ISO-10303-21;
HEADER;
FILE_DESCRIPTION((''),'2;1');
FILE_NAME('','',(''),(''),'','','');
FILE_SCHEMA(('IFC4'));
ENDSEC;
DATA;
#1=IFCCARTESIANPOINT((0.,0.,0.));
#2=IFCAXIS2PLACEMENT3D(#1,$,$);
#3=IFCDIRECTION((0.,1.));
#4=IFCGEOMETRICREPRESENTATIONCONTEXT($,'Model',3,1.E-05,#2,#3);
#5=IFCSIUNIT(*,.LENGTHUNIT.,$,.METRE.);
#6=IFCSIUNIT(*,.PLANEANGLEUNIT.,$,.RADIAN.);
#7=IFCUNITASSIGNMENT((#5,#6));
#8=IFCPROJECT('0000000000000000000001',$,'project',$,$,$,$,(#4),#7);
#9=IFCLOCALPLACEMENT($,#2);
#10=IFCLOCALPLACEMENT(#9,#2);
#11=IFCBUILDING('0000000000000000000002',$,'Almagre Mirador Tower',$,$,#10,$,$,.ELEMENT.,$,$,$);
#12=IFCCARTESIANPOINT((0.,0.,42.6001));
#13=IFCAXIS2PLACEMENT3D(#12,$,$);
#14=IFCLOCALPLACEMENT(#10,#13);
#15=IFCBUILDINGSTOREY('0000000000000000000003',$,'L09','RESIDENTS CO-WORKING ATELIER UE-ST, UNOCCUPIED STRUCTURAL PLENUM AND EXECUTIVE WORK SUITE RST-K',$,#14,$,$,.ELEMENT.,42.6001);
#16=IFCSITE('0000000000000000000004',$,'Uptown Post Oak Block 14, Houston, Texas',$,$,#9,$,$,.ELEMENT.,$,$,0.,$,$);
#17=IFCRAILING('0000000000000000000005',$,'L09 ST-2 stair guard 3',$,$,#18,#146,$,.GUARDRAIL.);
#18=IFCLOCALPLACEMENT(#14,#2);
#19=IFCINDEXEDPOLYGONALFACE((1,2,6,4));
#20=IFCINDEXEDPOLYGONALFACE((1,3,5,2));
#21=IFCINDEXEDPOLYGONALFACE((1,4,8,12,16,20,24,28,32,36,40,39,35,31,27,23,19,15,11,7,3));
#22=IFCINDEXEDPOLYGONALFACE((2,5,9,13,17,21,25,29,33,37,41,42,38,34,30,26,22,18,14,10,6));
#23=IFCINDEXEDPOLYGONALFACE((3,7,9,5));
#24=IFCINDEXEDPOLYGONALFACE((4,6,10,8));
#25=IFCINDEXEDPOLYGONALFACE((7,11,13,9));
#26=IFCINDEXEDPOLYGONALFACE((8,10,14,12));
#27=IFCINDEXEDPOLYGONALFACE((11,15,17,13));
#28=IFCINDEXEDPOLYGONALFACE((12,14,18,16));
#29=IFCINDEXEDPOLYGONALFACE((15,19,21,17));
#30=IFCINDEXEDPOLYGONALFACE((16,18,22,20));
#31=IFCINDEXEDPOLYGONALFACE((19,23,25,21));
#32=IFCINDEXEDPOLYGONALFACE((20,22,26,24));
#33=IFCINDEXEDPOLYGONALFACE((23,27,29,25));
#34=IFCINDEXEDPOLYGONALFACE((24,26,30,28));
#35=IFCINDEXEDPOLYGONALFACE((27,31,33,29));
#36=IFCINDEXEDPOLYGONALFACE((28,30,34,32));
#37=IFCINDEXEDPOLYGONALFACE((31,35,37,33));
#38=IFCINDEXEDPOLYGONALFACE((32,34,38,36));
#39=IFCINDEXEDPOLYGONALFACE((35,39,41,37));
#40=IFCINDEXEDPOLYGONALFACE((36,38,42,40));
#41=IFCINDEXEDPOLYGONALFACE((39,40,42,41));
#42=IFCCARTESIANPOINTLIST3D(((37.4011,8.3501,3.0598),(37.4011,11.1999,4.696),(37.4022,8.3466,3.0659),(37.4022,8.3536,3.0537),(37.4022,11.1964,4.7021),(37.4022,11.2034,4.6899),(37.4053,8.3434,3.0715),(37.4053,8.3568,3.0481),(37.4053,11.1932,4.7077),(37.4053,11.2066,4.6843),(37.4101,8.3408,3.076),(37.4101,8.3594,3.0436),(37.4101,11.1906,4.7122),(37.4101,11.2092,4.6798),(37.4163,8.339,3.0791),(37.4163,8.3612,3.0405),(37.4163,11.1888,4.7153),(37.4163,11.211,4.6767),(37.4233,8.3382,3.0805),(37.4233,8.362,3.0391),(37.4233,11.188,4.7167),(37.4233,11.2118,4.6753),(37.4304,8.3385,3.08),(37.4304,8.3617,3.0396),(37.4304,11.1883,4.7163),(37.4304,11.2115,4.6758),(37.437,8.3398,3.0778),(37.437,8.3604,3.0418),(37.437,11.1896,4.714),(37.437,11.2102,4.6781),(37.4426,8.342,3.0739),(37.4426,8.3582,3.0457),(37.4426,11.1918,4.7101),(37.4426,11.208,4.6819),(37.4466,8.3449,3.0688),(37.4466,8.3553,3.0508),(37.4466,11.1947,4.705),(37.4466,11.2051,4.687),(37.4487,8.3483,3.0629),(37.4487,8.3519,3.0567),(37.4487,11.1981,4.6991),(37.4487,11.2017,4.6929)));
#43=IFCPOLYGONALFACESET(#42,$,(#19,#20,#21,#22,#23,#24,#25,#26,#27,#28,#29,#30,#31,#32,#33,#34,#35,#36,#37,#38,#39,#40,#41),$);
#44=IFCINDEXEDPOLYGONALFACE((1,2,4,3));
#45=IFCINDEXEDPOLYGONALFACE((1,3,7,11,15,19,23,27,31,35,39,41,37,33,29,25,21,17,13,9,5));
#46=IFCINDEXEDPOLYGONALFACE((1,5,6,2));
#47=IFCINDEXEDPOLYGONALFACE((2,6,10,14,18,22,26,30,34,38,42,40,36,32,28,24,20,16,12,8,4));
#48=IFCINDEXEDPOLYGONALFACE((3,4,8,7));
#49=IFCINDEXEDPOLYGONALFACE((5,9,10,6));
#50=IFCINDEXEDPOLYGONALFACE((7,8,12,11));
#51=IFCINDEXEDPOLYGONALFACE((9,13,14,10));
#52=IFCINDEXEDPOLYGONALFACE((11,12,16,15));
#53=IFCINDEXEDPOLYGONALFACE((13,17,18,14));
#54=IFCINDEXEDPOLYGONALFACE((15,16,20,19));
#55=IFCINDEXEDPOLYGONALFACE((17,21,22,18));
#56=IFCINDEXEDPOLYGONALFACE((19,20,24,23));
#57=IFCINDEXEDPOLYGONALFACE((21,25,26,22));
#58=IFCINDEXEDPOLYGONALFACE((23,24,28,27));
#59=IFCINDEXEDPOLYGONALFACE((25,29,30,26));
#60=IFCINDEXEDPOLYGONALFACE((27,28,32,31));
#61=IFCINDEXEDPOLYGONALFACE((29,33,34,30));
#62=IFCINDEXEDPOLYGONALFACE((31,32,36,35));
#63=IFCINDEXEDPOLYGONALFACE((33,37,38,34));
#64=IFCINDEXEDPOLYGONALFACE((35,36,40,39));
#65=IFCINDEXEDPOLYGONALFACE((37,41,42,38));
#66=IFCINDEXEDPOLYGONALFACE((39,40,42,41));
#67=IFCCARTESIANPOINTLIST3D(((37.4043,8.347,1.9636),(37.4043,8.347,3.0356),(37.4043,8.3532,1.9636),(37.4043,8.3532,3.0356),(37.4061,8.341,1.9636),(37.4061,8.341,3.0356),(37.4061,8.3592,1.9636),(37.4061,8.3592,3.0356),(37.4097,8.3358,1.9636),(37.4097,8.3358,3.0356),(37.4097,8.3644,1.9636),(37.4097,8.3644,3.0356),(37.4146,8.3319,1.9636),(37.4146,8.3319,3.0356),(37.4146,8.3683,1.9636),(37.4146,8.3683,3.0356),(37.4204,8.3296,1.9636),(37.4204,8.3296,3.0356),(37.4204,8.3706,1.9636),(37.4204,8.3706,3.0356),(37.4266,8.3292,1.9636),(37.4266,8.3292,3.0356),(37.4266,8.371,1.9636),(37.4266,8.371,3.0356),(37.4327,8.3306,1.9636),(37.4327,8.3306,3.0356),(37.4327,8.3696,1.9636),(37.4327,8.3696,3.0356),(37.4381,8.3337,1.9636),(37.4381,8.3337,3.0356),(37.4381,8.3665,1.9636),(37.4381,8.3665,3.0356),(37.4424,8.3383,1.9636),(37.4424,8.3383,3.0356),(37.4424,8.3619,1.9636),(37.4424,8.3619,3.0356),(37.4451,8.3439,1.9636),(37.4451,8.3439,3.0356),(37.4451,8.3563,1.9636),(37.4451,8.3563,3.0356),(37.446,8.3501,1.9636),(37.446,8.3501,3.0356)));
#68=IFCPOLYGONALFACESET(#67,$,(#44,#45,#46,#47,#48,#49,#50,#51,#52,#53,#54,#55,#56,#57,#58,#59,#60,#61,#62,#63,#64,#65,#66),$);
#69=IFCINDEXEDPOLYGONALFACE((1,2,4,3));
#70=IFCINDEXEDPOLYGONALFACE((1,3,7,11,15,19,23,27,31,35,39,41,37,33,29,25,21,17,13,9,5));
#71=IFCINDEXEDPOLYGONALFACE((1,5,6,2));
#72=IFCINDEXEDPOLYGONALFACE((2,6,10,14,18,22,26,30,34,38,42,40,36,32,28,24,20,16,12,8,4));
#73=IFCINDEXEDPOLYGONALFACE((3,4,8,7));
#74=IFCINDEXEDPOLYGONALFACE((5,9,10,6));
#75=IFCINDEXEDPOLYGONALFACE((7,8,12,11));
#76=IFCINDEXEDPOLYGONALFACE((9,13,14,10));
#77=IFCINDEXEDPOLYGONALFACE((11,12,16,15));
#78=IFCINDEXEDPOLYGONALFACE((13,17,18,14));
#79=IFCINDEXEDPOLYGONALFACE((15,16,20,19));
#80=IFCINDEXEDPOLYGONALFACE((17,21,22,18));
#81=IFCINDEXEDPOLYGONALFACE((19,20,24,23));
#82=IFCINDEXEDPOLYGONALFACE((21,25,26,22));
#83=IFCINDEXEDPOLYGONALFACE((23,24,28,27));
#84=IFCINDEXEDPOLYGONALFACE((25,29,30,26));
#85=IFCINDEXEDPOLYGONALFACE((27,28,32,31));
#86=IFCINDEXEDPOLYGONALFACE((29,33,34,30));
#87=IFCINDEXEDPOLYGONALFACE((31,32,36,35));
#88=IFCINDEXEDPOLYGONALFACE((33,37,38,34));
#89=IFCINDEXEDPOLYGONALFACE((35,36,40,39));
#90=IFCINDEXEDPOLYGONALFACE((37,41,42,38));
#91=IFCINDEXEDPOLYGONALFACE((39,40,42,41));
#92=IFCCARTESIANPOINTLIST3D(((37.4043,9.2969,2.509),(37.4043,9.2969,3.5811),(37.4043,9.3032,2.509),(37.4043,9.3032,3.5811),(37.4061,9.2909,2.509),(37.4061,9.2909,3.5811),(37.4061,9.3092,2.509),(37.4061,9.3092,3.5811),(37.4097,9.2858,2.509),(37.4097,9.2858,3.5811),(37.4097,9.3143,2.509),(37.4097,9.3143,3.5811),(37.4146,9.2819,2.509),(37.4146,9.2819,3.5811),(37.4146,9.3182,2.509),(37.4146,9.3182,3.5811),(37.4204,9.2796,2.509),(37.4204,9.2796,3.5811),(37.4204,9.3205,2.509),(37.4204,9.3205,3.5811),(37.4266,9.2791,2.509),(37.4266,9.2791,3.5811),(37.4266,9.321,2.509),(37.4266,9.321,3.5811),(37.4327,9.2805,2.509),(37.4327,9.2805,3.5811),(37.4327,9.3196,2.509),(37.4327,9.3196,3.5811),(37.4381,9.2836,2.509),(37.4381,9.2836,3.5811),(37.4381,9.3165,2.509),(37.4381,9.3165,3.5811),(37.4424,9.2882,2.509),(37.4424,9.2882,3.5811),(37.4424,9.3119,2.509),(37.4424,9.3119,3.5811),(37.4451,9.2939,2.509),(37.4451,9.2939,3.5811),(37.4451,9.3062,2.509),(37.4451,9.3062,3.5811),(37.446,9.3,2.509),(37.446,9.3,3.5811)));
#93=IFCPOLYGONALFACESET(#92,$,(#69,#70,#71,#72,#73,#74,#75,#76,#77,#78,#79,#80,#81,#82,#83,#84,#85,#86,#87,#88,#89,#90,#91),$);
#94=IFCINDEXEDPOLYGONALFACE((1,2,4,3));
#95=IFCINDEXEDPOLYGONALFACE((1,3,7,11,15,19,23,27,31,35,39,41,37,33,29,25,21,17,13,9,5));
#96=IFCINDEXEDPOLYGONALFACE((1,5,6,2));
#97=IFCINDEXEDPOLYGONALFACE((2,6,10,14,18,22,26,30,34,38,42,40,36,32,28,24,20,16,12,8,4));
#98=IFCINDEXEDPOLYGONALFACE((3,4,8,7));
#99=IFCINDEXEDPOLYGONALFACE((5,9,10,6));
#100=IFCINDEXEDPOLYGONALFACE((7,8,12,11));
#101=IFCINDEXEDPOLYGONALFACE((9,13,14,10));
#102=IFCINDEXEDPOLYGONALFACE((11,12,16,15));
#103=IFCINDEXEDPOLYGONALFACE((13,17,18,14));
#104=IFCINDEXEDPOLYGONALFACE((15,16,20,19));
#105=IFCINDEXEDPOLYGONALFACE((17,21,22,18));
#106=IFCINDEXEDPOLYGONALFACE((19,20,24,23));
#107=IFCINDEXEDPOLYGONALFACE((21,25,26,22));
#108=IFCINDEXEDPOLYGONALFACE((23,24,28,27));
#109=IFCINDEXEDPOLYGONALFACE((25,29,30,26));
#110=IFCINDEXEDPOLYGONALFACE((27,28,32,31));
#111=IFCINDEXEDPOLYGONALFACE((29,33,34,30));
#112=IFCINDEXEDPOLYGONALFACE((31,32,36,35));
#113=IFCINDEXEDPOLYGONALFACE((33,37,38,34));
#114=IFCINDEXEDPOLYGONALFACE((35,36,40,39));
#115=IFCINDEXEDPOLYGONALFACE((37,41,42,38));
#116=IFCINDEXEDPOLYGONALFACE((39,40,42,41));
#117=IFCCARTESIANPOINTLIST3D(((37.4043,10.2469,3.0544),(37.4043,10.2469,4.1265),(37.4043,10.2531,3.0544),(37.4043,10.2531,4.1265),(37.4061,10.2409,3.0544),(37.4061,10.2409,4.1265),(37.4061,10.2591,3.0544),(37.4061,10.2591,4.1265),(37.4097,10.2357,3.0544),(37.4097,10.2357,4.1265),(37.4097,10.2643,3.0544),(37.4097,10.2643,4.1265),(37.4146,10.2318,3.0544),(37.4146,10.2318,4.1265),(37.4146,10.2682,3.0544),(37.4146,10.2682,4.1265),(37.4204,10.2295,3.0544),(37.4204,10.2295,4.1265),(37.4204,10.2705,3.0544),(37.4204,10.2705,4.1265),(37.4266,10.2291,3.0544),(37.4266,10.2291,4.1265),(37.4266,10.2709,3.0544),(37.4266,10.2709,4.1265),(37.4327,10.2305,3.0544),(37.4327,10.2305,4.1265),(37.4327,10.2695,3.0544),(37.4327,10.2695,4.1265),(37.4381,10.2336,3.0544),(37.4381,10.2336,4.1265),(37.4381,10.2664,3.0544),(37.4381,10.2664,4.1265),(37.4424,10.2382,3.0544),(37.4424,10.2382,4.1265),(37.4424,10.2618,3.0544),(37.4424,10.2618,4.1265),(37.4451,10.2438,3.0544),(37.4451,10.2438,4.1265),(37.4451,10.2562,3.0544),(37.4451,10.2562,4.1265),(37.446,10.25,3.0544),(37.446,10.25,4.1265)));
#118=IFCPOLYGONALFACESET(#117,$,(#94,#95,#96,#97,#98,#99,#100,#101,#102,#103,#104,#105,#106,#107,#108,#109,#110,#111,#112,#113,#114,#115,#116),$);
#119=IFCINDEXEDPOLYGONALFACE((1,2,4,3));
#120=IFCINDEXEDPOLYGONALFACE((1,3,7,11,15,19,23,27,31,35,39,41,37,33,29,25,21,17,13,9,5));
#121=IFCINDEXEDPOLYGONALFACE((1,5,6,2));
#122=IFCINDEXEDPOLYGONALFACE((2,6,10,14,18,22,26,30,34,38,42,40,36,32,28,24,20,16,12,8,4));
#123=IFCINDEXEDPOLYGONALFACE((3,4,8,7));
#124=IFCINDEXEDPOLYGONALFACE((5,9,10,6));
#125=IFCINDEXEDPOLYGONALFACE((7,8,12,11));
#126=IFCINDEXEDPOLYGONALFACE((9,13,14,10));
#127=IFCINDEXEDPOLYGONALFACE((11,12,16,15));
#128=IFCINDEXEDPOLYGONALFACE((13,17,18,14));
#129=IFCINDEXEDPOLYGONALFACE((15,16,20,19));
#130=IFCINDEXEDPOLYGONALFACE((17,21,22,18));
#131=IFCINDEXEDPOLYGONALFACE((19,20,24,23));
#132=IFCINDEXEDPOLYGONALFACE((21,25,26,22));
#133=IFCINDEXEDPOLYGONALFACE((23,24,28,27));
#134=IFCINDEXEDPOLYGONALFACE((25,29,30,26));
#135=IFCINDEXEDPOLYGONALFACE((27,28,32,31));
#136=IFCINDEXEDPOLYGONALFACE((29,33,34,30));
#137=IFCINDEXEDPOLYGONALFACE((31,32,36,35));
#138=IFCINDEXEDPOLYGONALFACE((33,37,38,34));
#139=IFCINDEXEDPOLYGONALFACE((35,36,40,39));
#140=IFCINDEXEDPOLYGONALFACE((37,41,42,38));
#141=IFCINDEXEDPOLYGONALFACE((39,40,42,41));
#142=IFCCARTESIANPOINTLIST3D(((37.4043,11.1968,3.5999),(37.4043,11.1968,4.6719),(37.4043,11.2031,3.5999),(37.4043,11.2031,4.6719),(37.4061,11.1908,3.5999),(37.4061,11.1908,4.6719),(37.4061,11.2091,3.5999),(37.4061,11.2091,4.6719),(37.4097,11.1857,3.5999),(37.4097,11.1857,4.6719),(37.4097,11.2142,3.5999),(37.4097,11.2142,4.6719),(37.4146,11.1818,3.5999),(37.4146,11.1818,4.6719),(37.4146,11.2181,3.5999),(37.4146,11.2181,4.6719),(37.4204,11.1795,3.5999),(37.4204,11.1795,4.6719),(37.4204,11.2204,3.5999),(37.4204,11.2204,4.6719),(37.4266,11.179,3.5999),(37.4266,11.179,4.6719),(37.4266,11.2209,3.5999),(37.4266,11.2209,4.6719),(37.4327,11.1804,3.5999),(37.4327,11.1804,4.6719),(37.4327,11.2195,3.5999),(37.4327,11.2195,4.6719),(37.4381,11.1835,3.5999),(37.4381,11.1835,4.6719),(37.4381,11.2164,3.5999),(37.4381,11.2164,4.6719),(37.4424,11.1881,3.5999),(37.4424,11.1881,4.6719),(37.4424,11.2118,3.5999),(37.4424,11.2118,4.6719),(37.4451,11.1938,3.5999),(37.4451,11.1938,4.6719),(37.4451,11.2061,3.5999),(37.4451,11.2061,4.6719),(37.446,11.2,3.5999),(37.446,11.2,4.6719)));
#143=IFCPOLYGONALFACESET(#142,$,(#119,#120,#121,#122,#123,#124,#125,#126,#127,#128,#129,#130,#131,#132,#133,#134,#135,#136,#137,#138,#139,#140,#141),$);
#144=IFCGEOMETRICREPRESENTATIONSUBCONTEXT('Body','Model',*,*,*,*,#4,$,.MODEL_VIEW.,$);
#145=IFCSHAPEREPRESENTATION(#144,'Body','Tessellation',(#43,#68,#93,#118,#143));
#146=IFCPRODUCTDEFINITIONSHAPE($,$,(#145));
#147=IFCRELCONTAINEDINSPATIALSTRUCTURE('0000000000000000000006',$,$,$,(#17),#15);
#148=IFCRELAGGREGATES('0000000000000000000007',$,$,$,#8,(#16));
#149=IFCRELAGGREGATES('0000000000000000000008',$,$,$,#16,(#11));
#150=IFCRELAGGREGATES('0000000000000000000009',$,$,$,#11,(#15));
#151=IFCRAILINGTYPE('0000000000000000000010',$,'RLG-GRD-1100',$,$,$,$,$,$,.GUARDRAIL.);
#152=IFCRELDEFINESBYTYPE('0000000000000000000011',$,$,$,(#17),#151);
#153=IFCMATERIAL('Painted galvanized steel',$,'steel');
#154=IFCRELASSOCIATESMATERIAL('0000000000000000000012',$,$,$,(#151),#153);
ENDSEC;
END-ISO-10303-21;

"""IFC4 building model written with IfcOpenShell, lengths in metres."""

from ifc_helpers import new_model, si_unit, direction, frame, origin, origin_2d, place, context, subcontext, project, spatial, circle, extrude, material, type_object, element, save


model = new_model("IFC4")

# Units and contexts
model_context = context("Model", 3, precision=1e-05, world=origin(), true_north=direction((0.0, 1.0)))
body_context = subcontext(model_context, "Body", "Model", "MODEL_VIEW")
ifc_project = project(units=[si_unit("LENGTHUNIT", "METRE"), si_unit("PLANEANGLEUNIT", "RADIAN")], contexts=[model_context])

# Site, building, storey
site_placement = place(None, origin())
site = spatial("IfcSite", under=ifc_project, at=site_placement, Name="Uptown Post Oak Block 14, Houston, Texas", CompositionType="ELEMENT", RefElevation=0.0)
building_placement = place(site_placement, origin())
building = spatial("IfcBuilding", under=site, at=building_placement, Name="Almagre Mirador Tower", CompositionType="ELEMENT")
storey_placement = place(building_placement, frame((0.0, 0.0, 42.6001)))
storey = spatial("IfcBuildingStorey", under=building, at=storey_placement, Name="L09", Description="RESIDENTS CO-WORKING ATELIER UE-ST, UNOCCUPIED STRUCTURAL PLENUM AND EXECUTIVE WORK SUITE RST-K", CompositionType="ELEMENT", Elevation=42.6001)

# Railing
ifc_material_1 = material(Name="Painted galvanized steel", Category="steel")
railing_type_1 = type_object("IfcRailingType", Name="RLG-GRD-1100", PredefinedType="GUARDRAIL", material=ifc_material_1)
railing_1_placement = place(storey_placement, frame((37.425, 8.3501, 1.9636)))
element("IfcRailing", 1, at=railing_1_placement, inside=storey, type_object=railing_type_1, Name="L09 ST-2 stair guard 3", PredefinedType="GUARDRAIL", context=body_context, shape_type="SweptSolid", body=[
    extrude(circle(Radius=0.0239, at=origin_2d()), frame((0.0, 0.0, 1.0962), z_axis=(0.0, 0.867226, 0.497914), x_axis=(-1.0, 0.0, 0.0)), (0.0, 0.0, 1.0), 3.2861),
    extrude(circle(Radius=0.021, at=origin_2d()), origin(), (0.0, 0.0, 1.0), 1.072),
    extrude(circle(Radius=0.021, at=origin_2d()), frame((0.0, 0.95, 0.5454)), (0.0, 0.0, 1.0), 1.072),
    extrude(circle(Radius=0.021, at=origin_2d()), frame((0.0, 1.8999, 1.0908)), (0.0, 0.0, 1.0), 1.072),
    extrude(circle(Radius=0.021, at=origin_2d()), frame((0.0, 2.8499, 1.6362)), (0.0, 0.0, 1.0), 1.072),
])

save(model, "model.ifc")
